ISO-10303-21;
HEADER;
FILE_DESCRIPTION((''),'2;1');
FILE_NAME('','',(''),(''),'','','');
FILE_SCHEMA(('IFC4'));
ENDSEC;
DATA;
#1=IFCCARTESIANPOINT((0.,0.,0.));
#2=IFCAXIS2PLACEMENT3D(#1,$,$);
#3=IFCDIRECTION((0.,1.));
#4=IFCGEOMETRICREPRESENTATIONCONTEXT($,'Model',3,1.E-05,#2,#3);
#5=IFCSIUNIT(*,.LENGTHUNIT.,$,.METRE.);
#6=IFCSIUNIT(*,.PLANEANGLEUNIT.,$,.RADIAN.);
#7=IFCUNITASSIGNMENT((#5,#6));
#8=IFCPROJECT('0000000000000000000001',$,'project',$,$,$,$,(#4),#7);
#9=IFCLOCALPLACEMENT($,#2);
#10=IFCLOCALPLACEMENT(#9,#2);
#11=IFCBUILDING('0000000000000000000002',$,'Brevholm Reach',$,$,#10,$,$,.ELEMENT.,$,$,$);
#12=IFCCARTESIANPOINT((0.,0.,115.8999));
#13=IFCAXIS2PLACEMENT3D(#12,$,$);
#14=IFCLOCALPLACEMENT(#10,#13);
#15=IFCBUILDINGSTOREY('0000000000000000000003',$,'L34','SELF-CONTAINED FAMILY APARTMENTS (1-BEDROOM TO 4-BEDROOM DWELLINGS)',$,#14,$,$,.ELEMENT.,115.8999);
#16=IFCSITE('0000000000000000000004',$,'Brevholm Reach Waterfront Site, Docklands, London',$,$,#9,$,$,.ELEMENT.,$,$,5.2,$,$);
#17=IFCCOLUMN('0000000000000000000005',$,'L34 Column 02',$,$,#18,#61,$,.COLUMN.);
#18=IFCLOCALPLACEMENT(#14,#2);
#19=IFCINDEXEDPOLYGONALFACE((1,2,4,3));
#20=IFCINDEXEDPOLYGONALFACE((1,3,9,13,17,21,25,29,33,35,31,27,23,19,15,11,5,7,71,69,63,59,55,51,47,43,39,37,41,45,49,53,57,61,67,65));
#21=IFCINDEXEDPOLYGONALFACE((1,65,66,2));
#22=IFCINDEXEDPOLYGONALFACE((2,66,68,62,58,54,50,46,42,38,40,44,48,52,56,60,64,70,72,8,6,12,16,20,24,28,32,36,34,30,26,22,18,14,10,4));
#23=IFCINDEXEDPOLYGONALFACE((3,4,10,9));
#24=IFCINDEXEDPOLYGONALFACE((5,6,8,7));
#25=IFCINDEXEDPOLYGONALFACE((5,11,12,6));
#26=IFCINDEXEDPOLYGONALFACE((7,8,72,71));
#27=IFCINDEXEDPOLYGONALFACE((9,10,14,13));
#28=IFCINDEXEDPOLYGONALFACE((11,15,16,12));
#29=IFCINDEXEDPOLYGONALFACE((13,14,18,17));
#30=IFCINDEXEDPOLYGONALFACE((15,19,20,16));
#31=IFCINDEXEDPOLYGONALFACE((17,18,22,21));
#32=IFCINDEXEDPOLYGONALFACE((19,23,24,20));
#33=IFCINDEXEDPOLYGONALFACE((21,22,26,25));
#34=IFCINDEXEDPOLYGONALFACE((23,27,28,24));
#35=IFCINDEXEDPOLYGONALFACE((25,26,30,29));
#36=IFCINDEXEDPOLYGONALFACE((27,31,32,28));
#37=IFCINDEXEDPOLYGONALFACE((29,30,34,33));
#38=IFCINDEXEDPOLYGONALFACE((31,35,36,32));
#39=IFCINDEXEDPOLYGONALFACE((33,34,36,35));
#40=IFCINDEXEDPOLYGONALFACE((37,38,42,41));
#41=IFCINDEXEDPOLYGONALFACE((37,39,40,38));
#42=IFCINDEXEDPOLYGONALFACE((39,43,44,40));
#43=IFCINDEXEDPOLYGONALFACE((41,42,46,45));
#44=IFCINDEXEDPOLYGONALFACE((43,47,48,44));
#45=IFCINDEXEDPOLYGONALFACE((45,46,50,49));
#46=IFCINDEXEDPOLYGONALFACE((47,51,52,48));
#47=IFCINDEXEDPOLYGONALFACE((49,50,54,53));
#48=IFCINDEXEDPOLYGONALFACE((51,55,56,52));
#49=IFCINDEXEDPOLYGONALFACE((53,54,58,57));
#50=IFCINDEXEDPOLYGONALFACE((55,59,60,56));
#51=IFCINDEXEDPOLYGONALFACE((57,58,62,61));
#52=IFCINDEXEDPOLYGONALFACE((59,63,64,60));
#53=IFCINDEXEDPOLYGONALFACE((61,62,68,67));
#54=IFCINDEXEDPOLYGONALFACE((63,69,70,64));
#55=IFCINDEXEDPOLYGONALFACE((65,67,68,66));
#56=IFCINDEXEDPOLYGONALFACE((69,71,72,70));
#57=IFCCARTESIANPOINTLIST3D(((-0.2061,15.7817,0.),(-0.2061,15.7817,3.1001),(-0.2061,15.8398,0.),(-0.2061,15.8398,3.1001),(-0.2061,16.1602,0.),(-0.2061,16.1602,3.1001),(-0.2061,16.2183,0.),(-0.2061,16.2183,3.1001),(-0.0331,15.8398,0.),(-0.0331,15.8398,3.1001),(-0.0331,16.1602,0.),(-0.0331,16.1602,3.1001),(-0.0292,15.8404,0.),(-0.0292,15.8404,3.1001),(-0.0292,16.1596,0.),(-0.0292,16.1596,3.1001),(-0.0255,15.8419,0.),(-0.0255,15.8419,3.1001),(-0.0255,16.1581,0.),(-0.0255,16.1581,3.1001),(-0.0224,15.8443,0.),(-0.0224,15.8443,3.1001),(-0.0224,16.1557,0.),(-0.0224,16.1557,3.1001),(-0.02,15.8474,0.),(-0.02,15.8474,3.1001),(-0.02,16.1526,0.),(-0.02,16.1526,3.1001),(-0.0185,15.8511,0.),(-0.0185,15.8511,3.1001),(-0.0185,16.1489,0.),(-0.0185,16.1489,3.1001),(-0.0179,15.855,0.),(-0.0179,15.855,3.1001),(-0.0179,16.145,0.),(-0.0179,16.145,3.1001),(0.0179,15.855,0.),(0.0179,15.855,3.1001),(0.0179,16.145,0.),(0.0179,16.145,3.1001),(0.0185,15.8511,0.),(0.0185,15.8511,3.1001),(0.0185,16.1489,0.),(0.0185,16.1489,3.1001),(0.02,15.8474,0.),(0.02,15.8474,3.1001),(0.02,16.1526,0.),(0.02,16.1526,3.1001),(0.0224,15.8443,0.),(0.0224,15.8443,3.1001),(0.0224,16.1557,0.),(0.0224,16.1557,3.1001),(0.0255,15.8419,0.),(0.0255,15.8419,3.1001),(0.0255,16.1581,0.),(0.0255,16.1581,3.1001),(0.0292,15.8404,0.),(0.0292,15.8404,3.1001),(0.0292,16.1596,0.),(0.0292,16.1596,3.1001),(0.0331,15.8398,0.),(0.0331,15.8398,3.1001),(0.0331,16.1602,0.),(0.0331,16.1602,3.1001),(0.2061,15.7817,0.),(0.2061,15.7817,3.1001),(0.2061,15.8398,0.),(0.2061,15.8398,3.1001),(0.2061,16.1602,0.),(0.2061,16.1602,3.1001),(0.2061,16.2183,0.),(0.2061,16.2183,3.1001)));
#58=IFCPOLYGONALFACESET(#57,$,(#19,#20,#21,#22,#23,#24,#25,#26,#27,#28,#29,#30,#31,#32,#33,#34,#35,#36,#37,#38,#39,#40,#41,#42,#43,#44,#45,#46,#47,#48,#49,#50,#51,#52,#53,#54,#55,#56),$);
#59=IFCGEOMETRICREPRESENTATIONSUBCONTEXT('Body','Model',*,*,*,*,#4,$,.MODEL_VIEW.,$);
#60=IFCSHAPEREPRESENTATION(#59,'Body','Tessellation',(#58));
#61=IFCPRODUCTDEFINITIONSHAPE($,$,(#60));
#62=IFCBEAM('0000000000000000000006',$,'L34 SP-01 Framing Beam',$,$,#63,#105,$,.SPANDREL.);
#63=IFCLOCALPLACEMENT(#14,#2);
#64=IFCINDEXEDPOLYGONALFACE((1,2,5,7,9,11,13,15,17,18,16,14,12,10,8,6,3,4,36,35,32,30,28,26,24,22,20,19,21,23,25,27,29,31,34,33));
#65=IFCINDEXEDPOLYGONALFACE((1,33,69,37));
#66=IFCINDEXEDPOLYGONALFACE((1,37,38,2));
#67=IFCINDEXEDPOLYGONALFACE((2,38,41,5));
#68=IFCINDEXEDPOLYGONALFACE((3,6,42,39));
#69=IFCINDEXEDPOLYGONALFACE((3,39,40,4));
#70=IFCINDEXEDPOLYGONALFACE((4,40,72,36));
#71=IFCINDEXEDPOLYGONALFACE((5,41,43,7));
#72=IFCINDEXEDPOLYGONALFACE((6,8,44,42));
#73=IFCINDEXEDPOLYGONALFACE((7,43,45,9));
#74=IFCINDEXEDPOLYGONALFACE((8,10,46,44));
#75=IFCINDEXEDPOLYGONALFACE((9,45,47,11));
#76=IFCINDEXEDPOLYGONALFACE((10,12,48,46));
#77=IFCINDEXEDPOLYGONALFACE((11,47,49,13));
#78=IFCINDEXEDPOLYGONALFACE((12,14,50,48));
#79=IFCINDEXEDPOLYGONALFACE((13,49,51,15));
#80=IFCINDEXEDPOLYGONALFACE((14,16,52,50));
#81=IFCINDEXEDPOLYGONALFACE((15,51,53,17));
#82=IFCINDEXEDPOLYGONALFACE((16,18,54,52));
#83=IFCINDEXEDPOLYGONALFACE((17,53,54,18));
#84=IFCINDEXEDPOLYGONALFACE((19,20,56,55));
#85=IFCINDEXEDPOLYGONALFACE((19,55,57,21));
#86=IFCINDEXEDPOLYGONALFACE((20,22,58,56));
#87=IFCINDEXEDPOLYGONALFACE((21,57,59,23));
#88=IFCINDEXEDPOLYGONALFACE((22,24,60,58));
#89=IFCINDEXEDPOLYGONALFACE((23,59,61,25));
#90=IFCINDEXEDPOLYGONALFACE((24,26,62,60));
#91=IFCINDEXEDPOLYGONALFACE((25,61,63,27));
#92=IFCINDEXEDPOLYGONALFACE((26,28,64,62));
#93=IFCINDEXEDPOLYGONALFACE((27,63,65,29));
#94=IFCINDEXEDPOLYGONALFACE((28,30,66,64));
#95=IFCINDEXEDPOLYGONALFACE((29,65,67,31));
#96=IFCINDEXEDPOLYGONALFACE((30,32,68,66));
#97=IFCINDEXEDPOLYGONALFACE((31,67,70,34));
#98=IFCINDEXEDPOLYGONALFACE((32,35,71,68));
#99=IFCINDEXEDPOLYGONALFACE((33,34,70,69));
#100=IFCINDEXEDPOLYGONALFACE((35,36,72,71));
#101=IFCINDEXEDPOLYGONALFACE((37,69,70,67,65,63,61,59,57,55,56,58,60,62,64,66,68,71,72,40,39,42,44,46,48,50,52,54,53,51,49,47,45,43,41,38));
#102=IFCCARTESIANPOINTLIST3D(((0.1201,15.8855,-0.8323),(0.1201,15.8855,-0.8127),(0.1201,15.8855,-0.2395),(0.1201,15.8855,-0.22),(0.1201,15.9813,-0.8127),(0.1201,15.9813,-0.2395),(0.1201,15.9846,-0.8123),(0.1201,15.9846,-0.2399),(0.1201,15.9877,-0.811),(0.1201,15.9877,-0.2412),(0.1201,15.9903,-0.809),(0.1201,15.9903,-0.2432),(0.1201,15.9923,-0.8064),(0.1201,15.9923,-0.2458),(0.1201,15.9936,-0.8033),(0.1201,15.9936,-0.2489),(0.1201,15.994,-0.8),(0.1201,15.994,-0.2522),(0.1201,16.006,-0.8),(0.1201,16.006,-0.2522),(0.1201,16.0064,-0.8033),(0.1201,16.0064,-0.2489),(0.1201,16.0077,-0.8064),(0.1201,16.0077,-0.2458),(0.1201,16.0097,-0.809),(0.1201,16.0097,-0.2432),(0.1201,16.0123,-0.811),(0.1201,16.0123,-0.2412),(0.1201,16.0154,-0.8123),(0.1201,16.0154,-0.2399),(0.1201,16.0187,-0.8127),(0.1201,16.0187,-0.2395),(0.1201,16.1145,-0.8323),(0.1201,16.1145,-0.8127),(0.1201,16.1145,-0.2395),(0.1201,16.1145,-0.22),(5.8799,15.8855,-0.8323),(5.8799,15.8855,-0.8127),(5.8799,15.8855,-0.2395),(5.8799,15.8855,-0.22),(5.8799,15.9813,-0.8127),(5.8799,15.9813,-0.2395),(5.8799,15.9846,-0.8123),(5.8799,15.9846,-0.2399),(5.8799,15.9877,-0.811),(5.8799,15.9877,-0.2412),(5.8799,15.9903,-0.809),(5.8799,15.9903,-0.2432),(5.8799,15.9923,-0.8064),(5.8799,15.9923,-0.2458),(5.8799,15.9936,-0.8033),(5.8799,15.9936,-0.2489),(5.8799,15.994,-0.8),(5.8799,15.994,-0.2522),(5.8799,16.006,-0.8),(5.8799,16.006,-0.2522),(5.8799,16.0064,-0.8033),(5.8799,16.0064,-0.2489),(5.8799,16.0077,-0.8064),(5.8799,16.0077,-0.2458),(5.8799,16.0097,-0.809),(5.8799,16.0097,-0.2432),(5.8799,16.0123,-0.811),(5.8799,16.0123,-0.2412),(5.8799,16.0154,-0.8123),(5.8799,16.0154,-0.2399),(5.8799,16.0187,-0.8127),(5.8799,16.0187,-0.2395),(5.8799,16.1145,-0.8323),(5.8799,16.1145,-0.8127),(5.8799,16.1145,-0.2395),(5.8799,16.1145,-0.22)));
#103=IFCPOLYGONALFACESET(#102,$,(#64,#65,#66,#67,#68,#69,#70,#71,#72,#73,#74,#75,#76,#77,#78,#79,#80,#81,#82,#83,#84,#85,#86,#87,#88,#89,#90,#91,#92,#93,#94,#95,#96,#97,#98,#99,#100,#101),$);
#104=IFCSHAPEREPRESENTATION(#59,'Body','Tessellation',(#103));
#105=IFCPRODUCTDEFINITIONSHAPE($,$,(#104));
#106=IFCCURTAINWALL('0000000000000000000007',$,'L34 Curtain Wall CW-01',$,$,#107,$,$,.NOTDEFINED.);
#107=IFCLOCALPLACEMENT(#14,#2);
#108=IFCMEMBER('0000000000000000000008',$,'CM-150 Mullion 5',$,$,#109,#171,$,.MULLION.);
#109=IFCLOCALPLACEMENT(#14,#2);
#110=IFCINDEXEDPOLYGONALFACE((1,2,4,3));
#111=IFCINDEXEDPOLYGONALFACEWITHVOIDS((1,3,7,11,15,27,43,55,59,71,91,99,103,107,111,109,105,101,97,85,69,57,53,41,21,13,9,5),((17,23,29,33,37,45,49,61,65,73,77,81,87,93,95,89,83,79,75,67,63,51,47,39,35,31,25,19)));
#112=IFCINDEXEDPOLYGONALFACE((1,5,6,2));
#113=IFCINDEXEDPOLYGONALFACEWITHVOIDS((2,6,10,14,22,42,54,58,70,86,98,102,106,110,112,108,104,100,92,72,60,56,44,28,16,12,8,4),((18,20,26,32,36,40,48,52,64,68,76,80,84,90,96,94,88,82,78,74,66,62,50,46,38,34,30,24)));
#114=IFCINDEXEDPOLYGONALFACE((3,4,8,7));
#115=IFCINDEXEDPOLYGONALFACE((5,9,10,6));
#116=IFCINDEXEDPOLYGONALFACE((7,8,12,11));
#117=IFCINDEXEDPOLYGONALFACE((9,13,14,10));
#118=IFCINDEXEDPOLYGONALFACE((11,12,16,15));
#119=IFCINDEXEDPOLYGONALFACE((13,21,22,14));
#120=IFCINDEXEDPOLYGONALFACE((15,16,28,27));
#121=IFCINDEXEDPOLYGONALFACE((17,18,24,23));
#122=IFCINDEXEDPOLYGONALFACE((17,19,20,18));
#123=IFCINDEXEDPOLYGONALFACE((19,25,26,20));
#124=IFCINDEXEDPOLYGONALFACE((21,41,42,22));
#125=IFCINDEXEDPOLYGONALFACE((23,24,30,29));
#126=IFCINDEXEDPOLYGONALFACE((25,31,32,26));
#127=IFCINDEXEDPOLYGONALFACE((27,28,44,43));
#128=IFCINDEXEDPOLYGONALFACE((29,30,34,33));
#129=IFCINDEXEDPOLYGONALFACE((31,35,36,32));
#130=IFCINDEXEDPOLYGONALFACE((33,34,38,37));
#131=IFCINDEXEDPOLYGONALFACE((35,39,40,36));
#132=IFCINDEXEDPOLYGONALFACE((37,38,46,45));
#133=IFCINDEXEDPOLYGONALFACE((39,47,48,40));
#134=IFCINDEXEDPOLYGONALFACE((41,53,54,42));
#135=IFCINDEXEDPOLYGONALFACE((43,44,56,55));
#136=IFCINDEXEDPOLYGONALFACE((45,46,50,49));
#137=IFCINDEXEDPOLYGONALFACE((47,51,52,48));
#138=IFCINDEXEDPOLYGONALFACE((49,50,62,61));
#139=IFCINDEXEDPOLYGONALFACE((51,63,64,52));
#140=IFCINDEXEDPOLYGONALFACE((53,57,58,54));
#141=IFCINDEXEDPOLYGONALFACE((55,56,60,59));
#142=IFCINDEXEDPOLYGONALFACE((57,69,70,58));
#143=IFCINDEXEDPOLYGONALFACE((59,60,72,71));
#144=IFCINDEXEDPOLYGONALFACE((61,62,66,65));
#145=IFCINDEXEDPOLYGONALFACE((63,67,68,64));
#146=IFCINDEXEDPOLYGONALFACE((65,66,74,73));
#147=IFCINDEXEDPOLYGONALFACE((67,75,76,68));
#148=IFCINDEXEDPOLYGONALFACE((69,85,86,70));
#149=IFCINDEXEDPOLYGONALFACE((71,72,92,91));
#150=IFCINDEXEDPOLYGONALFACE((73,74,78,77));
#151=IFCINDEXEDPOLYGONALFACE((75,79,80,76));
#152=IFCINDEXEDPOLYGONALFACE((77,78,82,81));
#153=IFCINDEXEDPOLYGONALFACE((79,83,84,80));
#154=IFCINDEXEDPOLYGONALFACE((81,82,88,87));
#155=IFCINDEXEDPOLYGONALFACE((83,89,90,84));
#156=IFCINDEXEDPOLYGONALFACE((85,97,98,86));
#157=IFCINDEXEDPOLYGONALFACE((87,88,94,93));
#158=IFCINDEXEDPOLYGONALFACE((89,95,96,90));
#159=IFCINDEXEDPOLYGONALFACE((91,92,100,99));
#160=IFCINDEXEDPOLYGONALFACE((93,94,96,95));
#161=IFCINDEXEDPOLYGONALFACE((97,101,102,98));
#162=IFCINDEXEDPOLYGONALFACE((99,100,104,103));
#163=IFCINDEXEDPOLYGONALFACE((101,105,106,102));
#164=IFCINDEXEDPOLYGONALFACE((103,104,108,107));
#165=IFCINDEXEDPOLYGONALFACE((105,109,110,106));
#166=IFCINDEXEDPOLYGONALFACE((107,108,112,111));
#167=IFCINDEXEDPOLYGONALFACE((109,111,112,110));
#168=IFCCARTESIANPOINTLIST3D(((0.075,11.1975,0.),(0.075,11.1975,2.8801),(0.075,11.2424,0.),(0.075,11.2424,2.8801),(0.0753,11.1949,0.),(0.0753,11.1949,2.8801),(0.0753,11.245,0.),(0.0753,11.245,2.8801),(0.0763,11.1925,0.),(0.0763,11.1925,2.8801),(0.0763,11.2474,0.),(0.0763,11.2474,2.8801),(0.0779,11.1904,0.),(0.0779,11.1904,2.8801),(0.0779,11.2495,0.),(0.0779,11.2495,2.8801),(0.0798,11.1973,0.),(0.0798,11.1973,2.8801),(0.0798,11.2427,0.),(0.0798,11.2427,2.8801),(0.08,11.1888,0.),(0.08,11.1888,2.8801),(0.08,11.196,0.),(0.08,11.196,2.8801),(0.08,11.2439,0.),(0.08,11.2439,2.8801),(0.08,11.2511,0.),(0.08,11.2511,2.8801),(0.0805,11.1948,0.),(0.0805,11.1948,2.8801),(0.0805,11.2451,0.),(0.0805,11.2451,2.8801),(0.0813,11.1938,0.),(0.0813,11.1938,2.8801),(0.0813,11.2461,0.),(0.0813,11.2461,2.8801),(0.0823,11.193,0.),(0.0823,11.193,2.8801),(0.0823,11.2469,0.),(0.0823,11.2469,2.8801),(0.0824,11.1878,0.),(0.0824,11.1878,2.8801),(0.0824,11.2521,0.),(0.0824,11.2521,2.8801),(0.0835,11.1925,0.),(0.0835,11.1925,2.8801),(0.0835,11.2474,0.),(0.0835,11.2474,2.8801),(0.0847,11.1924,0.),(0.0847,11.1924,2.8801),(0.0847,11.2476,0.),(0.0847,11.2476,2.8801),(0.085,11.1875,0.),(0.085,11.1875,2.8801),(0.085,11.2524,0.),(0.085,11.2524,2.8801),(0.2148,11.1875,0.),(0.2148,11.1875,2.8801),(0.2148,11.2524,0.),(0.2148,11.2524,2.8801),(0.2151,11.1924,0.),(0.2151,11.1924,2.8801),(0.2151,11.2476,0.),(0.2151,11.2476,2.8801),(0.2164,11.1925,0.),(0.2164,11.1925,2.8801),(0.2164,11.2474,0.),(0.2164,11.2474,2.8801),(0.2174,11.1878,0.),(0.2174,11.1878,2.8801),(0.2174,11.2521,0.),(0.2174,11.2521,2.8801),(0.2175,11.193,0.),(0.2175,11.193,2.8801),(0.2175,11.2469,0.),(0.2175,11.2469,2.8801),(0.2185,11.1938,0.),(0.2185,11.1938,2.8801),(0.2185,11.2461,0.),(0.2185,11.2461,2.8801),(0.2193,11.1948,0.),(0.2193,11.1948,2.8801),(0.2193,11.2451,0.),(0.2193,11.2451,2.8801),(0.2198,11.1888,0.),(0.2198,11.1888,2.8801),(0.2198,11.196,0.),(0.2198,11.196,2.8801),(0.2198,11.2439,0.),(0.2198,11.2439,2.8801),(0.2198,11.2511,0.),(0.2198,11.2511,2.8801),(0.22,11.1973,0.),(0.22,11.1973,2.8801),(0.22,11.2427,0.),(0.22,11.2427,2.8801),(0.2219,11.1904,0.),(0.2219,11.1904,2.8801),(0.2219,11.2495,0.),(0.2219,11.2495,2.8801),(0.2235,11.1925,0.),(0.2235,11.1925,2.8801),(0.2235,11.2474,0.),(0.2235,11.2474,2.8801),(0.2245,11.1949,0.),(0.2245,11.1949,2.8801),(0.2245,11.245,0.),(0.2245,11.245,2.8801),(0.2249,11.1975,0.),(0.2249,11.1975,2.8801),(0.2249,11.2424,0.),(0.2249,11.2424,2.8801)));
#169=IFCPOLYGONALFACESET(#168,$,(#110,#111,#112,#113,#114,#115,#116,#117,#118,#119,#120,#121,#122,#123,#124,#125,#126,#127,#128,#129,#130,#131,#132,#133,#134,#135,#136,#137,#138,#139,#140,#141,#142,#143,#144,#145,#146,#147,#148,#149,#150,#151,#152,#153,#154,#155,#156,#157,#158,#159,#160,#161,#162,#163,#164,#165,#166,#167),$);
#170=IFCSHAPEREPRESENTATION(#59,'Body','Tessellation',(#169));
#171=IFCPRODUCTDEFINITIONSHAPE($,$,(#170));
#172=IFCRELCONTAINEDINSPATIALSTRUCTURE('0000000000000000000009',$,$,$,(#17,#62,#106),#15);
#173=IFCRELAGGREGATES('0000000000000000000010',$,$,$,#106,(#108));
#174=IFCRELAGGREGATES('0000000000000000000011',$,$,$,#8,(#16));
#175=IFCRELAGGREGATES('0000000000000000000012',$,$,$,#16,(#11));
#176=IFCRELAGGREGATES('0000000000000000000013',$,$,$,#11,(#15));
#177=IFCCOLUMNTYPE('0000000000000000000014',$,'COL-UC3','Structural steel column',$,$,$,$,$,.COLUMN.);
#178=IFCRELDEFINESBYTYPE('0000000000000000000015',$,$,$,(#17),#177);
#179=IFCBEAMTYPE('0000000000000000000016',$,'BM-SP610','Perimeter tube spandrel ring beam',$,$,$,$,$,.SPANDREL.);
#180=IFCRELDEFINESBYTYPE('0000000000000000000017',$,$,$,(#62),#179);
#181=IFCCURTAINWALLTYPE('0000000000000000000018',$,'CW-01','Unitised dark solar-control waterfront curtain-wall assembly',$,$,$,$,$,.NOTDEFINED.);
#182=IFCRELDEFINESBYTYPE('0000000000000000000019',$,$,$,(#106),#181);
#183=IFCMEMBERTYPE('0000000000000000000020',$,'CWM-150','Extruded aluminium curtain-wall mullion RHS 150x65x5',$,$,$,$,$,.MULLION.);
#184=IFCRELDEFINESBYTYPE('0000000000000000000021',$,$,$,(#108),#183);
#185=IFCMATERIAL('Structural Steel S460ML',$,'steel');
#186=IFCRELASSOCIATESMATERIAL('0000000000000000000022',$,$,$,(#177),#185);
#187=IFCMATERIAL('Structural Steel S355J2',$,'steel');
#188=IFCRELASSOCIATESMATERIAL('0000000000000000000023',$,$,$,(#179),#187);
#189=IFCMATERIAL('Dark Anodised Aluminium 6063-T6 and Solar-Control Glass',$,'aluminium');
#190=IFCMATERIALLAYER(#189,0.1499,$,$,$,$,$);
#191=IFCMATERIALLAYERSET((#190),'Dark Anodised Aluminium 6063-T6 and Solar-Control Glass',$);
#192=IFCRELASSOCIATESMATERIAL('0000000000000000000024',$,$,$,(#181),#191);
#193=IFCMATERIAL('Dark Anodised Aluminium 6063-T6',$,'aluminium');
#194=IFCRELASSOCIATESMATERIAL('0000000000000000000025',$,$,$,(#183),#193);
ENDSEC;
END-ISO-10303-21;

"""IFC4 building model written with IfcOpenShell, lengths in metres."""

from ifc_helpers import new_model, si_unit, direction, frame, origin, origin_2d, place, context, subcontext, project, spatial, hollow_rectangle, i_section, extrude, material, layer, layer_set, material_profile, profile_set, type_object, element, aggregate, save


model = new_model("IFC4")

# Units and contexts
model_context = context("Model", 3, precision=1e-05, world=origin(), true_north=direction((0.0, 1.0)))
body_context = subcontext(model_context, "Body", "Model", "MODEL_VIEW")
ifc_project = project(units=[si_unit("LENGTHUNIT", "METRE"), si_unit("PLANEANGLEUNIT", "RADIAN")], contexts=[model_context])

# Site, building, storey
site_placement = place(None, origin())
site = spatial("IfcSite", under=ifc_project, at=site_placement, Name="Brevholm Reach Waterfront Site, Docklands, London", CompositionType="ELEMENT", RefElevation=5.2)
building_placement = place(site_placement, origin())
building = spatial("IfcBuilding", under=site, at=building_placement, Name="Brevholm Reach", CompositionType="ELEMENT")
storey_placement = place(building_placement, frame((0.0, 0.0, 115.8999)))
storey = spatial("IfcBuildingStorey", under=building, at=storey_placement, Name="L34", Description="SELF-CONTAINED FAMILY APARTMENTS (1-BEDROOM TO 4-BEDROOM DWELLINGS)", CompositionType="ELEMENT", Elevation=115.8999)

# Column
ifc_material_1 = material(Name="Structural Steel S460ML", Category="steel")
ifc_material_profile_1 = material_profile(ifc_material_1, i_section(OverallWidth=0.4121, OverallDepth=0.4365, WebThickness=0.0359, FlangeThickness=0.0581, FilletRadius=0.0151, at=origin_2d()), Name="UKC 356x406x467")
ifc_profile_set_1 = profile_set([ifc_material_profile_1], Name="Structural Steel S460ML")
column_type = type_object("IfcColumnType", Name="COL-UC3", Description="Structural steel column", PredefinedType="COLUMN", material=ifc_profile_set_1)
column_placement = place(storey_placement, frame((0.0, 16.0, 0.0), z_axis=(0.0, 0.0, 1.0), x_axis=(1.0, 0.0, 0.0)))
element("IfcColumn", 1, at=column_placement, inside=storey, type_object=column_type, Name="L34 Column 02", PredefinedType="COLUMN", context=body_context, shape_type="SweptSolid", body=[
    extrude(i_section(OverallWidth=0.4121, OverallDepth=0.4365, WebThickness=0.0359, FlangeThickness=0.0581, FilletRadius=0.0151, at=origin_2d()), origin(), (0.0, 0.0, 1.0), 3.1001),
])

# Beam
ifc_material_2 = material(Name="Structural Steel S355J2", Category="steel")
ifc_material_profile_2 = material_profile(ifc_material_2, i_section(OverallWidth=0.229, OverallDepth=0.6123, WebThickness=0.012, FlangeThickness=0.0195, FilletRadius=0.0127, at=origin_2d()), Name="UKB 610x229x125")
ifc_profile_set_2 = profile_set([ifc_material_profile_2], Name="Structural Steel S355J2")
beam_type = type_object("IfcBeamType", Name="BM-SP610", Description="Perimeter tube spandrel ring beam", PredefinedType="SPANDREL", material=ifc_profile_set_2)
beam_placement = place(storey_placement, frame((0.1201, 16.0, -0.5261), z_axis=(1.0, 0.0, 0.0), x_axis=(0.0, 1.0, 0.0)))
element("IfcBeam", 2, at=beam_placement, inside=storey, type_object=beam_type, Name="L34 SP-01 Framing Beam", PredefinedType="SPANDREL", context=body_context, shape_type="SweptSolid", body=[
    extrude(i_section(OverallWidth=0.229, OverallDepth=0.6123, WebThickness=0.012, FlangeThickness=0.0195, FilletRadius=0.0127, at=origin_2d()), origin(), (0.0, 0.0, 1.0), 5.7598),
])

# Curtain wall, member
ifc_material_3 = material(Name="Dark Anodised Aluminium 6063-T6 and Solar-Control Glass", Category="aluminium")
ifc_layer_1 = layer(ifc_material_3, 0.1499)
ifc_layer_set_1 = layer_set([ifc_layer_1], Name="Dark Anodised Aluminium 6063-T6 and Solar-Control Glass")
curtain_wall_type = type_object("IfcCurtainWallType", Name="CW-01", Description="Unitised dark solar-control waterfront curtain-wall assembly", PredefinedType="NOTDEFINED", material=ifc_layer_set_1)
curtain_wall_placement = place(storey_placement, origin())
curtain_wall = element("IfcCurtainWall", 3, at=curtain_wall_placement, inside=storey, type_object=curtain_wall_type, Name="L34 Curtain Wall CW-01", PredefinedType="NOTDEFINED")
ifc_material_4 = material(Name="Dark Anodised Aluminium 6063-T6", Category="aluminium")
ifc_material_profile_3 = material_profile(ifc_material_4, hollow_rectangle(XDim=0.0649, YDim=0.1499, WallThickness=0.0049, InnerFilletRadius=0.0049, OuterFilletRadius=0.01, at=origin_2d()), Name="RHS 150x65x5")
ifc_profile_set_3 = profile_set([ifc_material_profile_3], Name="Dark Anodised Aluminium 6063-T6")
member_type_1 = type_object("IfcMemberType", Name="CWM-150", Description="Extruded aluminium curtain-wall mullion RHS 150x65x5", PredefinedType="MULLION", material=ifc_profile_set_3)
member_1_placement = place(storey_placement, frame((0.1499, 11.22, 0.0), z_axis=(0.0, 0.0, 1.0), x_axis=(0.0, -1.0, 0.0)))
member_1 = element("IfcMember", 4, at=member_1_placement, type_object=member_type_1, Name="CM-150 Mullion 5", PredefinedType="MULLION", context=body_context, shape_type="SweptSolid", body=[
    extrude(hollow_rectangle(XDim=0.0649, YDim=0.1499, WallThickness=0.0049, InnerFilletRadius=0.0049, OuterFilletRadius=0.01, at=origin_2d()), origin(), (0.0, 0.0, 1.0), 2.8801),
])
aggregate(curtain_wall, [member_1])

save(model, "model.ifc")
